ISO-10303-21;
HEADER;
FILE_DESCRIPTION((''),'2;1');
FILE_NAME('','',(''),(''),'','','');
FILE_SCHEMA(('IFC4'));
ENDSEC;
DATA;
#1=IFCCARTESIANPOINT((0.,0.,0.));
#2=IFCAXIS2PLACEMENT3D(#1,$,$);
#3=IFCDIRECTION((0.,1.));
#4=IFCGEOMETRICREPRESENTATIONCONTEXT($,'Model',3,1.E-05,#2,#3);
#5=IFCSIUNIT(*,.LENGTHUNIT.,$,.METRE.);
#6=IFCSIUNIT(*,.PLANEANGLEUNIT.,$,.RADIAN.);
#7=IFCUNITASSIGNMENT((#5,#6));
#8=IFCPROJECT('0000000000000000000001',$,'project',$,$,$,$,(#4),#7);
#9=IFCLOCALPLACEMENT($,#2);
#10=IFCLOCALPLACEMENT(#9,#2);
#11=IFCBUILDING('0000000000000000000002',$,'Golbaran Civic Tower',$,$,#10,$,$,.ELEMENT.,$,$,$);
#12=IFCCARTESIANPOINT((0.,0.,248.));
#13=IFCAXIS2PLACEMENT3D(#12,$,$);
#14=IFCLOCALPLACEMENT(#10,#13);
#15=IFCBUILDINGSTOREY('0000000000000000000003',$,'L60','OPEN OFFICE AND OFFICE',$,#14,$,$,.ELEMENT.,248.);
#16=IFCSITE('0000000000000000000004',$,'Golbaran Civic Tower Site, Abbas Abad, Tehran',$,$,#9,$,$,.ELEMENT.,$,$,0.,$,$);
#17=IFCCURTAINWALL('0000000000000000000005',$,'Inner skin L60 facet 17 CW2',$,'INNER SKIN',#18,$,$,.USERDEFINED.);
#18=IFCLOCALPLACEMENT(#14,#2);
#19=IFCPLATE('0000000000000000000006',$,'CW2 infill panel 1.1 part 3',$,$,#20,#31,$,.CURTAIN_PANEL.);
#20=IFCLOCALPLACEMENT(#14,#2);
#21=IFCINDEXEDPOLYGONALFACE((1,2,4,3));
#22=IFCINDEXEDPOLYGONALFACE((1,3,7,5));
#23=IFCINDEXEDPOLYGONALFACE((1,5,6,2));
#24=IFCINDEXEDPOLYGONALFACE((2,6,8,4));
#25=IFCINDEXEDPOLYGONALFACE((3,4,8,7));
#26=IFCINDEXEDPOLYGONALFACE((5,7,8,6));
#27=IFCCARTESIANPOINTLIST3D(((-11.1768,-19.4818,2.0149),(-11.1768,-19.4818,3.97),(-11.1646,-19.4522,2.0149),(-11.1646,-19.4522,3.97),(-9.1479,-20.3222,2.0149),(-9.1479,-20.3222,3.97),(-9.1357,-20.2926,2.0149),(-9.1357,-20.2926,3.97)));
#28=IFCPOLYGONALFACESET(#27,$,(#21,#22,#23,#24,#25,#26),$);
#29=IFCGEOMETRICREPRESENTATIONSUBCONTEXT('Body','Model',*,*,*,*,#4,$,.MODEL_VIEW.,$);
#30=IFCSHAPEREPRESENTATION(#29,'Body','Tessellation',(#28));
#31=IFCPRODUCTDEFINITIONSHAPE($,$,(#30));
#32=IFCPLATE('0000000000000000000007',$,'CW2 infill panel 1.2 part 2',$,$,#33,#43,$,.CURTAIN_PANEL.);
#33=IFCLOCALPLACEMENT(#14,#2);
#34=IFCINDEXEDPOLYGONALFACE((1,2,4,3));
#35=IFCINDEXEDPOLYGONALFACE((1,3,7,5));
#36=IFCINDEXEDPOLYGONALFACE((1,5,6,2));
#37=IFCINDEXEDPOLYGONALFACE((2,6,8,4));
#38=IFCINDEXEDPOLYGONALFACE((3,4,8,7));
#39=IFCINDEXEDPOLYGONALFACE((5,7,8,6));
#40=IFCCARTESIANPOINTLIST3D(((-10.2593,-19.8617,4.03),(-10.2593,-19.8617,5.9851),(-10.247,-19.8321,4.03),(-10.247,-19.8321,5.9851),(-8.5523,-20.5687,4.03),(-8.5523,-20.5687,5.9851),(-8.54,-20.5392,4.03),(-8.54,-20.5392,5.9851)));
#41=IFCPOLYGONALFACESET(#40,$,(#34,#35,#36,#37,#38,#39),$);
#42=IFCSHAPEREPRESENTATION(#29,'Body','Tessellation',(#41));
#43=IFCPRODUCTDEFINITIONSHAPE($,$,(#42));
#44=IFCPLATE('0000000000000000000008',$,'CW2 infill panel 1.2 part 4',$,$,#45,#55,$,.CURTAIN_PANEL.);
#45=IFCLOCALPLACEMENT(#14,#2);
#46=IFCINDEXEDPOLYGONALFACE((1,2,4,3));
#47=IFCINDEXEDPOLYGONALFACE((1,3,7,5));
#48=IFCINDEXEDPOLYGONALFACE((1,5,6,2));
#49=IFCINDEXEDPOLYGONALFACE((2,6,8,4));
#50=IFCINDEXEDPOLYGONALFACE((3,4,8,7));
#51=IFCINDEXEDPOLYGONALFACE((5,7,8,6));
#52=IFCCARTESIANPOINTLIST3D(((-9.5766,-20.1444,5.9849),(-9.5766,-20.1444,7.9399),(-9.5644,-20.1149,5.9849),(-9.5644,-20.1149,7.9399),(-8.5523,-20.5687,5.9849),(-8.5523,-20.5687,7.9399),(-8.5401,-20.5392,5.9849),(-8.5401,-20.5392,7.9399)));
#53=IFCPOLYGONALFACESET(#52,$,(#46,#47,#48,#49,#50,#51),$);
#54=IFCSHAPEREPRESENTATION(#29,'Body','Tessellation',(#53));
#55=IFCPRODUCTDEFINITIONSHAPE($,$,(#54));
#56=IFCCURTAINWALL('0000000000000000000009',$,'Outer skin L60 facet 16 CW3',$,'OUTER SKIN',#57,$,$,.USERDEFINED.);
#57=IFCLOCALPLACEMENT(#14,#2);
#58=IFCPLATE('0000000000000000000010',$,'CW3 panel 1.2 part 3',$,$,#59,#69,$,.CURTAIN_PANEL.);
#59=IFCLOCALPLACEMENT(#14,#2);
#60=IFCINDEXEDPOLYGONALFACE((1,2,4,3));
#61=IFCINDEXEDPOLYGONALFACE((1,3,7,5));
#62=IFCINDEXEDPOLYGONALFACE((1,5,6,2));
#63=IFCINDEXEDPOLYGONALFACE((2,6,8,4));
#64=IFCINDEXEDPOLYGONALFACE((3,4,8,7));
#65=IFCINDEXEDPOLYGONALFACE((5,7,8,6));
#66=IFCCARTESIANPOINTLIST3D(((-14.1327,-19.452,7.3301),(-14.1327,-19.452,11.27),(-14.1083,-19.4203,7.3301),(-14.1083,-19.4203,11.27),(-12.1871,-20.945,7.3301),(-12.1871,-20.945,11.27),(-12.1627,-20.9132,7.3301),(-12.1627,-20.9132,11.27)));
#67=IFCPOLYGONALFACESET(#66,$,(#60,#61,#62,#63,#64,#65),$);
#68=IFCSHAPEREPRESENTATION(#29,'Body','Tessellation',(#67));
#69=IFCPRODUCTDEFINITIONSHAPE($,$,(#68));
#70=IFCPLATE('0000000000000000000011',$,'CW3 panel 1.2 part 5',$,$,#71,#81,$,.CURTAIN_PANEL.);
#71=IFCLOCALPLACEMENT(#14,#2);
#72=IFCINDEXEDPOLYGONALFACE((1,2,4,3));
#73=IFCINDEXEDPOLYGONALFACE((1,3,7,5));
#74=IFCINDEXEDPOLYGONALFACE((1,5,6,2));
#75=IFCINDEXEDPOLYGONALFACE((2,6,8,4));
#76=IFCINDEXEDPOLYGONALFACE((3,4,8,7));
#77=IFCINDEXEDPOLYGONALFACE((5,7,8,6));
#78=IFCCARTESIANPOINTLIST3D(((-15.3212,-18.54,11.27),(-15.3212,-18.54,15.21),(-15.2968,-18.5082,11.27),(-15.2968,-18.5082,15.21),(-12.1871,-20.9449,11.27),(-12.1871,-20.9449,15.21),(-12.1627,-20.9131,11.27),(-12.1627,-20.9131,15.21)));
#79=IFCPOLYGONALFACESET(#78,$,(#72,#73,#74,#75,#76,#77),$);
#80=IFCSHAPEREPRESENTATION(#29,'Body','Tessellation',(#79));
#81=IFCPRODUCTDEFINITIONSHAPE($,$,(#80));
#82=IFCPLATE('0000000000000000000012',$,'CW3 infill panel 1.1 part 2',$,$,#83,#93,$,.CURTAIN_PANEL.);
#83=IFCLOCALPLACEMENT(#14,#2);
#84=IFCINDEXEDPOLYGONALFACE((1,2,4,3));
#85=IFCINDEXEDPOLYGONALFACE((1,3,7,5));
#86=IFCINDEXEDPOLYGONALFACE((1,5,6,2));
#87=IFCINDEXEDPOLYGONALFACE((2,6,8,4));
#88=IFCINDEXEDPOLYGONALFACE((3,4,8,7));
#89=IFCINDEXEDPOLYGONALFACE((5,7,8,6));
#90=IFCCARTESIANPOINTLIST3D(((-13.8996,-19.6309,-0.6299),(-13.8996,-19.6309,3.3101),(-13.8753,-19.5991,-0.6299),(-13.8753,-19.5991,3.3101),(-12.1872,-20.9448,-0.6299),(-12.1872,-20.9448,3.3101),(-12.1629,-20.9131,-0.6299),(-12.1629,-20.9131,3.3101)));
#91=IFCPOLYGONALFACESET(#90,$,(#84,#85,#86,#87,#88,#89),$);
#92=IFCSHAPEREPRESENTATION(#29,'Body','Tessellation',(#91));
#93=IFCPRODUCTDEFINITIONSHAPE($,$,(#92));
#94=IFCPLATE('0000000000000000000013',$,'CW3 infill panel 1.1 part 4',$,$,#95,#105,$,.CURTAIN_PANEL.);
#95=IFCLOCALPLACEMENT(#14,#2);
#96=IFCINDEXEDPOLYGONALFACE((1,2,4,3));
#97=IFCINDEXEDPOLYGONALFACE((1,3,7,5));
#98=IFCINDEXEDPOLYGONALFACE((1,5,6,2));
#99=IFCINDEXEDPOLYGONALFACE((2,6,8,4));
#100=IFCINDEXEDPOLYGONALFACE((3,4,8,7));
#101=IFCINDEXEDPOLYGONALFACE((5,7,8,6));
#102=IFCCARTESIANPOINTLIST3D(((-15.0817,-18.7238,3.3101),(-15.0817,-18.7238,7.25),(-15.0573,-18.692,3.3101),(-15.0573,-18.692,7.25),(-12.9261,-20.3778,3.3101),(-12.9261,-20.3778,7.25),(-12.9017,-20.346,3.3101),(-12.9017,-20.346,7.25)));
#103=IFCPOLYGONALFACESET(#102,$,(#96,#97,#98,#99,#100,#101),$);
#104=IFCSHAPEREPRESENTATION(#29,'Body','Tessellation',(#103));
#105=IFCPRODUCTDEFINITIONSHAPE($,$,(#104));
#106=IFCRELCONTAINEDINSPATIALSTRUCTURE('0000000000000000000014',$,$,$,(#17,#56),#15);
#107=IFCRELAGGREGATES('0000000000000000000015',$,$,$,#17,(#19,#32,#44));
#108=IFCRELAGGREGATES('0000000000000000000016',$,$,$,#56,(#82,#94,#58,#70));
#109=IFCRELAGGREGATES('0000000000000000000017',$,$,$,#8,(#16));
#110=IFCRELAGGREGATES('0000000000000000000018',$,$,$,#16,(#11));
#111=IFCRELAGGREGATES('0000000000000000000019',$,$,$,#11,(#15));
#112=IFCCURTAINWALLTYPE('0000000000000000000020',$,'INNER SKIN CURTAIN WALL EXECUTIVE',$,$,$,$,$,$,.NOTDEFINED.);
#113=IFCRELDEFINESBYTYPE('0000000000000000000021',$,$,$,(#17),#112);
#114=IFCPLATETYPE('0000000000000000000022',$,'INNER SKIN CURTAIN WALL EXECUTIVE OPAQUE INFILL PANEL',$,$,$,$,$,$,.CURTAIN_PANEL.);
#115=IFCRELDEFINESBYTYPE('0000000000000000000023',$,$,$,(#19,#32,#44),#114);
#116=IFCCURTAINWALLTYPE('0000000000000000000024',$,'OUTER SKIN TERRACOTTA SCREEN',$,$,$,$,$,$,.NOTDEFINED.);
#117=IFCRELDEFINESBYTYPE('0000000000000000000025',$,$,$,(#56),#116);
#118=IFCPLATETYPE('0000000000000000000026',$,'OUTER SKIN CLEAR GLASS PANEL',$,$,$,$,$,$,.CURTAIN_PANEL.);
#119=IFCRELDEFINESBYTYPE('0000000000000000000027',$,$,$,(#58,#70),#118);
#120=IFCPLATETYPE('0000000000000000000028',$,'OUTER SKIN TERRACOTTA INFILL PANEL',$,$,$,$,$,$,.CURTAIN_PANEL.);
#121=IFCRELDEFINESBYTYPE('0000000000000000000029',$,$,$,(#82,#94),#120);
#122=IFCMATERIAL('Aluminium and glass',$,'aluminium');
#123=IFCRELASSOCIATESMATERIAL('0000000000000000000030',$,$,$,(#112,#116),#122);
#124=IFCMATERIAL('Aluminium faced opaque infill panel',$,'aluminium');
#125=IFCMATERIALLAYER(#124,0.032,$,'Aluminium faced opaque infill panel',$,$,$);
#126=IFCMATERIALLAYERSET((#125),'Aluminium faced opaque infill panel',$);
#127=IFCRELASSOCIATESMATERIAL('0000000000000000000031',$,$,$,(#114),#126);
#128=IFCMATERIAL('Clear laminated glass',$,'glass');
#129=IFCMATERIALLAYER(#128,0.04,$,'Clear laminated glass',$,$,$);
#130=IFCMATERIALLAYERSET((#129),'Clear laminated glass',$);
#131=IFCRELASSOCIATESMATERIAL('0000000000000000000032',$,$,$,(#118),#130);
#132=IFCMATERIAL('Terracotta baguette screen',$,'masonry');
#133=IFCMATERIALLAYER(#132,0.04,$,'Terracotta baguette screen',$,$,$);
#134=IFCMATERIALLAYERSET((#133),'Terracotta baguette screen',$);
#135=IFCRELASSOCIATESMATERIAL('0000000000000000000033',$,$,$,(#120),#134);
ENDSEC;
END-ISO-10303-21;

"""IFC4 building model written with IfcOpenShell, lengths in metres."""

from ifc_helpers import new_model, si_unit, direction, frame, origin, origin_2d, place, context, subcontext, project, spatial, rectangle, extrude, material, layer, layer_set, type_object, element, aggregate, save


model = new_model("IFC4")

# Units and contexts
model_context = context("Model", 3, precision=1e-05, world=origin(), true_north=direction((0.0, 1.0)))
body_context = subcontext(model_context, "Body", "Model", "MODEL_VIEW")
ifc_project = project(units=[si_unit("LENGTHUNIT", "METRE"), si_unit("PLANEANGLEUNIT", "RADIAN")], contexts=[model_context])

# Site, building, storey
site_placement = place(None, origin())
site = spatial("IfcSite", under=ifc_project, at=site_placement, Name="Golbaran Civic Tower Site, Abbas Abad, Tehran", CompositionType="ELEMENT", RefElevation=0.0)
building_placement = place(site_placement, origin())
building = spatial("IfcBuilding", under=site, at=building_placement, Name="Golbaran Civic Tower", CompositionType="ELEMENT")
storey_placement = place(building_placement, frame((0.0, 0.0, 248.0)))
storey = spatial("IfcBuildingStorey", under=building, at=storey_placement, Name="L60", Description="OPEN OFFICE AND OFFICE", CompositionType="ELEMENT", Elevation=248.0)

# Curtain wall
ifc_material_1 = material(Name="Aluminium and glass", Category="aluminium")
curtain_wall_type_1 = type_object("IfcCurtainWallType", Name="INNER SKIN CURTAIN WALL EXECUTIVE", PredefinedType="NOTDEFINED", material=ifc_material_1)
curtain_wall_1_placement = place(storey_placement, origin())
curtain_wall_1 = element("IfcCurtainWall", 1, at=curtain_wall_1_placement, inside=storey, type_object=curtain_wall_type_1, Name="Inner skin L60 facet 17 CW2", ObjectType="INNER SKIN", PredefinedType="USERDEFINED")

# Plates
ifc_material_2 = material(Name="Aluminium faced opaque infill panel", Category="aluminium")
ifc_layer_1 = layer(ifc_material_2, 0.032, Name="Aluminium faced opaque infill panel")
ifc_layer_set_1 = layer_set([ifc_layer_1], Name="Aluminium faced opaque infill panel")
plate_type_1 = type_object("IfcPlateType", Name="INNER SKIN CURTAIN WALL EXECUTIVE OPAQUE INFILL PANEL", PredefinedType="CURTAIN_PANEL", material=ifc_layer_set_1)
plate_1_placement = place(storey_placement, frame((-10.1562, -19.8872, 2.0149), z_axis=(0.0, 0.0, 1.0), x_axis=(0.92388, -0.382683, 0.0)))
plate_1 = element("IfcPlate", 2, at=plate_1_placement, type_object=plate_type_1, Name="CW2 infill panel 1.1 part 3", PredefinedType="CURTAIN_PANEL", context=body_context, shape_type="SweptSolid", body=[
    extrude(rectangle(XDim=2.196, YDim=0.032, at=origin_2d()), origin(), (0.0, 0.0, 1.0), 1.9551),
])
plate_2_placement = place(storey_placement, frame((-9.3997, -20.2004, 4.03), z_axis=(0.0, 0.0, 1.0), x_axis=(0.92388, -0.382683, 0.0)))
plate_2 = element("IfcPlate", 3, at=plate_2_placement, type_object=plate_type_1, Name="CW2 infill panel 1.2 part 2", PredefinedType="CURTAIN_PANEL", context=body_context, shape_type="SweptSolid", body=[
    extrude(rectangle(XDim=1.8477, YDim=0.032, at=origin_2d()), origin(), (0.0, 0.0, 1.0), 1.9551),
])
plate_3_placement = place(storey_placement, frame((-9.0583, -20.3418, 5.9849), z_axis=(0.0, 0.0, 1.0), x_axis=(0.92388, -0.382683, 0.0)))
plate_3 = element("IfcPlate", 4, at=plate_3_placement, type_object=plate_type_1, Name="CW2 infill panel 1.2 part 4", PredefinedType="CURTAIN_PANEL", context=body_context, shape_type="SweptSolid", body=[
    extrude(rectangle(XDim=1.1086, YDim=0.032, at=origin_2d()), origin(), (0.0, 0.0, 1.0), 1.9551),
])
aggregate(curtain_wall_1, [plate_1, plate_2, plate_3])

# Curtain wall, plates
curtain_wall_type_2 = type_object("IfcCurtainWallType", Name="OUTER SKIN TERRACOTTA SCREEN", PredefinedType="NOTDEFINED", material=ifc_material_1)
curtain_wall_2_placement = place(storey_placement, origin())
curtain_wall_2 = element("IfcCurtainWall", 5, at=curtain_wall_2_placement, inside=storey, type_object=curtain_wall_type_2, Name="Outer skin L60 facet 16 CW3", ObjectType="OUTER SKIN", PredefinedType="USERDEFINED")
ifc_material_3 = material(Name="Clear laminated glass", Category="glass")
ifc_layer_2 = layer(ifc_material_3, 0.04, Name="Clear laminated glass")
ifc_layer_set_2 = layer_set([ifc_layer_2], Name="Clear laminated glass")
plate_type_2 = type_object("IfcPlateType", Name="OUTER SKIN CLEAR GLASS PANEL", PredefinedType="CURTAIN_PANEL", material=ifc_layer_set_2)
plate_4_placement = place(storey_placement, frame((-13.1477, -20.1826, 7.3301), z_axis=(0.0, 0.0, 1.0), x_axis=(0.793353, -0.608761, 0.0)))
plate_4 = element("IfcPlate", 6, at=plate_4_placement, type_object=plate_type_2, Name="CW3 panel 1.2 part 3", PredefinedType="CURTAIN_PANEL", context=body_context, shape_type="SweptSolid", body=[
    extrude(rectangle(XDim=2.4524, YDim=0.04, at=origin_2d()), origin(), (0.0, 0.0, 1.0), 3.9399),
])
plate_5_placement = place(storey_placement, frame((-13.7419, -19.7266, 11.27), z_axis=(0.0, 0.0, 1.0), x_axis=(0.793353, -0.608761, 0.0)))
plate_5 = element("IfcPlate", 7, at=plate_5_placement, type_object=plate_type_2, Name="CW3 panel 1.2 part 5", PredefinedType="CURTAIN_PANEL", context=body_context, shape_type="SweptSolid", body=[
    extrude(rectangle(XDim=3.9504, YDim=0.04, at=origin_2d()), origin(), (0.0, 0.0, 1.0), 3.9399),
])
ifc_material_4 = material(Name="Terracotta baguette screen", Category="masonry")
ifc_layer_3 = layer(ifc_material_4, 0.04, Name="Terracotta baguette screen")
ifc_layer_set_3 = layer_set([ifc_layer_3], Name="Terracotta baguette screen")
plate_type_3 = type_object("IfcPlateType", Name="OUTER SKIN TERRACOTTA INFILL PANEL", PredefinedType="CURTAIN_PANEL", material=ifc_layer_set_3)
plate_6_placement = place(storey_placement, frame((-13.0312, -20.272, -0.6299), z_axis=(0.0, 0.0, 1.0), x_axis=(0.793353, -0.608761, 0.0)))
plate_6 = element("IfcPlate", 8, at=plate_6_placement, type_object=plate_type_3, Name="CW3 infill panel 1.1 part 2", PredefinedType="CURTAIN_PANEL", context=body_context, shape_type="SweptSolid", body=[
    extrude(rectangle(XDim=2.1584, YDim=0.04, at=origin_2d()), origin(), (0.0, 0.0, 1.0), 3.9399),
])
plate_7_placement = place(storey_placement, frame((-13.9917, -19.5349, 3.3101), z_axis=(0.0, 0.0, 1.0), x_axis=(0.793353, -0.608761, 0.0)))
plate_7 = element("IfcPlate", 9, at=plate_7_placement, type_object=plate_type_3, Name="CW3 infill panel 1.1 part 4", PredefinedType="CURTAIN_PANEL", context=body_context, shape_type="SweptSolid", body=[
    extrude(rectangle(XDim=2.717, YDim=0.04, at=origin_2d()), origin(), (0.0, 0.0, 1.0), 3.9399),
])
aggregate(curtain_wall_2, [plate_6, plate_7, plate_4, plate_5])

save(model, "model.ifc")
